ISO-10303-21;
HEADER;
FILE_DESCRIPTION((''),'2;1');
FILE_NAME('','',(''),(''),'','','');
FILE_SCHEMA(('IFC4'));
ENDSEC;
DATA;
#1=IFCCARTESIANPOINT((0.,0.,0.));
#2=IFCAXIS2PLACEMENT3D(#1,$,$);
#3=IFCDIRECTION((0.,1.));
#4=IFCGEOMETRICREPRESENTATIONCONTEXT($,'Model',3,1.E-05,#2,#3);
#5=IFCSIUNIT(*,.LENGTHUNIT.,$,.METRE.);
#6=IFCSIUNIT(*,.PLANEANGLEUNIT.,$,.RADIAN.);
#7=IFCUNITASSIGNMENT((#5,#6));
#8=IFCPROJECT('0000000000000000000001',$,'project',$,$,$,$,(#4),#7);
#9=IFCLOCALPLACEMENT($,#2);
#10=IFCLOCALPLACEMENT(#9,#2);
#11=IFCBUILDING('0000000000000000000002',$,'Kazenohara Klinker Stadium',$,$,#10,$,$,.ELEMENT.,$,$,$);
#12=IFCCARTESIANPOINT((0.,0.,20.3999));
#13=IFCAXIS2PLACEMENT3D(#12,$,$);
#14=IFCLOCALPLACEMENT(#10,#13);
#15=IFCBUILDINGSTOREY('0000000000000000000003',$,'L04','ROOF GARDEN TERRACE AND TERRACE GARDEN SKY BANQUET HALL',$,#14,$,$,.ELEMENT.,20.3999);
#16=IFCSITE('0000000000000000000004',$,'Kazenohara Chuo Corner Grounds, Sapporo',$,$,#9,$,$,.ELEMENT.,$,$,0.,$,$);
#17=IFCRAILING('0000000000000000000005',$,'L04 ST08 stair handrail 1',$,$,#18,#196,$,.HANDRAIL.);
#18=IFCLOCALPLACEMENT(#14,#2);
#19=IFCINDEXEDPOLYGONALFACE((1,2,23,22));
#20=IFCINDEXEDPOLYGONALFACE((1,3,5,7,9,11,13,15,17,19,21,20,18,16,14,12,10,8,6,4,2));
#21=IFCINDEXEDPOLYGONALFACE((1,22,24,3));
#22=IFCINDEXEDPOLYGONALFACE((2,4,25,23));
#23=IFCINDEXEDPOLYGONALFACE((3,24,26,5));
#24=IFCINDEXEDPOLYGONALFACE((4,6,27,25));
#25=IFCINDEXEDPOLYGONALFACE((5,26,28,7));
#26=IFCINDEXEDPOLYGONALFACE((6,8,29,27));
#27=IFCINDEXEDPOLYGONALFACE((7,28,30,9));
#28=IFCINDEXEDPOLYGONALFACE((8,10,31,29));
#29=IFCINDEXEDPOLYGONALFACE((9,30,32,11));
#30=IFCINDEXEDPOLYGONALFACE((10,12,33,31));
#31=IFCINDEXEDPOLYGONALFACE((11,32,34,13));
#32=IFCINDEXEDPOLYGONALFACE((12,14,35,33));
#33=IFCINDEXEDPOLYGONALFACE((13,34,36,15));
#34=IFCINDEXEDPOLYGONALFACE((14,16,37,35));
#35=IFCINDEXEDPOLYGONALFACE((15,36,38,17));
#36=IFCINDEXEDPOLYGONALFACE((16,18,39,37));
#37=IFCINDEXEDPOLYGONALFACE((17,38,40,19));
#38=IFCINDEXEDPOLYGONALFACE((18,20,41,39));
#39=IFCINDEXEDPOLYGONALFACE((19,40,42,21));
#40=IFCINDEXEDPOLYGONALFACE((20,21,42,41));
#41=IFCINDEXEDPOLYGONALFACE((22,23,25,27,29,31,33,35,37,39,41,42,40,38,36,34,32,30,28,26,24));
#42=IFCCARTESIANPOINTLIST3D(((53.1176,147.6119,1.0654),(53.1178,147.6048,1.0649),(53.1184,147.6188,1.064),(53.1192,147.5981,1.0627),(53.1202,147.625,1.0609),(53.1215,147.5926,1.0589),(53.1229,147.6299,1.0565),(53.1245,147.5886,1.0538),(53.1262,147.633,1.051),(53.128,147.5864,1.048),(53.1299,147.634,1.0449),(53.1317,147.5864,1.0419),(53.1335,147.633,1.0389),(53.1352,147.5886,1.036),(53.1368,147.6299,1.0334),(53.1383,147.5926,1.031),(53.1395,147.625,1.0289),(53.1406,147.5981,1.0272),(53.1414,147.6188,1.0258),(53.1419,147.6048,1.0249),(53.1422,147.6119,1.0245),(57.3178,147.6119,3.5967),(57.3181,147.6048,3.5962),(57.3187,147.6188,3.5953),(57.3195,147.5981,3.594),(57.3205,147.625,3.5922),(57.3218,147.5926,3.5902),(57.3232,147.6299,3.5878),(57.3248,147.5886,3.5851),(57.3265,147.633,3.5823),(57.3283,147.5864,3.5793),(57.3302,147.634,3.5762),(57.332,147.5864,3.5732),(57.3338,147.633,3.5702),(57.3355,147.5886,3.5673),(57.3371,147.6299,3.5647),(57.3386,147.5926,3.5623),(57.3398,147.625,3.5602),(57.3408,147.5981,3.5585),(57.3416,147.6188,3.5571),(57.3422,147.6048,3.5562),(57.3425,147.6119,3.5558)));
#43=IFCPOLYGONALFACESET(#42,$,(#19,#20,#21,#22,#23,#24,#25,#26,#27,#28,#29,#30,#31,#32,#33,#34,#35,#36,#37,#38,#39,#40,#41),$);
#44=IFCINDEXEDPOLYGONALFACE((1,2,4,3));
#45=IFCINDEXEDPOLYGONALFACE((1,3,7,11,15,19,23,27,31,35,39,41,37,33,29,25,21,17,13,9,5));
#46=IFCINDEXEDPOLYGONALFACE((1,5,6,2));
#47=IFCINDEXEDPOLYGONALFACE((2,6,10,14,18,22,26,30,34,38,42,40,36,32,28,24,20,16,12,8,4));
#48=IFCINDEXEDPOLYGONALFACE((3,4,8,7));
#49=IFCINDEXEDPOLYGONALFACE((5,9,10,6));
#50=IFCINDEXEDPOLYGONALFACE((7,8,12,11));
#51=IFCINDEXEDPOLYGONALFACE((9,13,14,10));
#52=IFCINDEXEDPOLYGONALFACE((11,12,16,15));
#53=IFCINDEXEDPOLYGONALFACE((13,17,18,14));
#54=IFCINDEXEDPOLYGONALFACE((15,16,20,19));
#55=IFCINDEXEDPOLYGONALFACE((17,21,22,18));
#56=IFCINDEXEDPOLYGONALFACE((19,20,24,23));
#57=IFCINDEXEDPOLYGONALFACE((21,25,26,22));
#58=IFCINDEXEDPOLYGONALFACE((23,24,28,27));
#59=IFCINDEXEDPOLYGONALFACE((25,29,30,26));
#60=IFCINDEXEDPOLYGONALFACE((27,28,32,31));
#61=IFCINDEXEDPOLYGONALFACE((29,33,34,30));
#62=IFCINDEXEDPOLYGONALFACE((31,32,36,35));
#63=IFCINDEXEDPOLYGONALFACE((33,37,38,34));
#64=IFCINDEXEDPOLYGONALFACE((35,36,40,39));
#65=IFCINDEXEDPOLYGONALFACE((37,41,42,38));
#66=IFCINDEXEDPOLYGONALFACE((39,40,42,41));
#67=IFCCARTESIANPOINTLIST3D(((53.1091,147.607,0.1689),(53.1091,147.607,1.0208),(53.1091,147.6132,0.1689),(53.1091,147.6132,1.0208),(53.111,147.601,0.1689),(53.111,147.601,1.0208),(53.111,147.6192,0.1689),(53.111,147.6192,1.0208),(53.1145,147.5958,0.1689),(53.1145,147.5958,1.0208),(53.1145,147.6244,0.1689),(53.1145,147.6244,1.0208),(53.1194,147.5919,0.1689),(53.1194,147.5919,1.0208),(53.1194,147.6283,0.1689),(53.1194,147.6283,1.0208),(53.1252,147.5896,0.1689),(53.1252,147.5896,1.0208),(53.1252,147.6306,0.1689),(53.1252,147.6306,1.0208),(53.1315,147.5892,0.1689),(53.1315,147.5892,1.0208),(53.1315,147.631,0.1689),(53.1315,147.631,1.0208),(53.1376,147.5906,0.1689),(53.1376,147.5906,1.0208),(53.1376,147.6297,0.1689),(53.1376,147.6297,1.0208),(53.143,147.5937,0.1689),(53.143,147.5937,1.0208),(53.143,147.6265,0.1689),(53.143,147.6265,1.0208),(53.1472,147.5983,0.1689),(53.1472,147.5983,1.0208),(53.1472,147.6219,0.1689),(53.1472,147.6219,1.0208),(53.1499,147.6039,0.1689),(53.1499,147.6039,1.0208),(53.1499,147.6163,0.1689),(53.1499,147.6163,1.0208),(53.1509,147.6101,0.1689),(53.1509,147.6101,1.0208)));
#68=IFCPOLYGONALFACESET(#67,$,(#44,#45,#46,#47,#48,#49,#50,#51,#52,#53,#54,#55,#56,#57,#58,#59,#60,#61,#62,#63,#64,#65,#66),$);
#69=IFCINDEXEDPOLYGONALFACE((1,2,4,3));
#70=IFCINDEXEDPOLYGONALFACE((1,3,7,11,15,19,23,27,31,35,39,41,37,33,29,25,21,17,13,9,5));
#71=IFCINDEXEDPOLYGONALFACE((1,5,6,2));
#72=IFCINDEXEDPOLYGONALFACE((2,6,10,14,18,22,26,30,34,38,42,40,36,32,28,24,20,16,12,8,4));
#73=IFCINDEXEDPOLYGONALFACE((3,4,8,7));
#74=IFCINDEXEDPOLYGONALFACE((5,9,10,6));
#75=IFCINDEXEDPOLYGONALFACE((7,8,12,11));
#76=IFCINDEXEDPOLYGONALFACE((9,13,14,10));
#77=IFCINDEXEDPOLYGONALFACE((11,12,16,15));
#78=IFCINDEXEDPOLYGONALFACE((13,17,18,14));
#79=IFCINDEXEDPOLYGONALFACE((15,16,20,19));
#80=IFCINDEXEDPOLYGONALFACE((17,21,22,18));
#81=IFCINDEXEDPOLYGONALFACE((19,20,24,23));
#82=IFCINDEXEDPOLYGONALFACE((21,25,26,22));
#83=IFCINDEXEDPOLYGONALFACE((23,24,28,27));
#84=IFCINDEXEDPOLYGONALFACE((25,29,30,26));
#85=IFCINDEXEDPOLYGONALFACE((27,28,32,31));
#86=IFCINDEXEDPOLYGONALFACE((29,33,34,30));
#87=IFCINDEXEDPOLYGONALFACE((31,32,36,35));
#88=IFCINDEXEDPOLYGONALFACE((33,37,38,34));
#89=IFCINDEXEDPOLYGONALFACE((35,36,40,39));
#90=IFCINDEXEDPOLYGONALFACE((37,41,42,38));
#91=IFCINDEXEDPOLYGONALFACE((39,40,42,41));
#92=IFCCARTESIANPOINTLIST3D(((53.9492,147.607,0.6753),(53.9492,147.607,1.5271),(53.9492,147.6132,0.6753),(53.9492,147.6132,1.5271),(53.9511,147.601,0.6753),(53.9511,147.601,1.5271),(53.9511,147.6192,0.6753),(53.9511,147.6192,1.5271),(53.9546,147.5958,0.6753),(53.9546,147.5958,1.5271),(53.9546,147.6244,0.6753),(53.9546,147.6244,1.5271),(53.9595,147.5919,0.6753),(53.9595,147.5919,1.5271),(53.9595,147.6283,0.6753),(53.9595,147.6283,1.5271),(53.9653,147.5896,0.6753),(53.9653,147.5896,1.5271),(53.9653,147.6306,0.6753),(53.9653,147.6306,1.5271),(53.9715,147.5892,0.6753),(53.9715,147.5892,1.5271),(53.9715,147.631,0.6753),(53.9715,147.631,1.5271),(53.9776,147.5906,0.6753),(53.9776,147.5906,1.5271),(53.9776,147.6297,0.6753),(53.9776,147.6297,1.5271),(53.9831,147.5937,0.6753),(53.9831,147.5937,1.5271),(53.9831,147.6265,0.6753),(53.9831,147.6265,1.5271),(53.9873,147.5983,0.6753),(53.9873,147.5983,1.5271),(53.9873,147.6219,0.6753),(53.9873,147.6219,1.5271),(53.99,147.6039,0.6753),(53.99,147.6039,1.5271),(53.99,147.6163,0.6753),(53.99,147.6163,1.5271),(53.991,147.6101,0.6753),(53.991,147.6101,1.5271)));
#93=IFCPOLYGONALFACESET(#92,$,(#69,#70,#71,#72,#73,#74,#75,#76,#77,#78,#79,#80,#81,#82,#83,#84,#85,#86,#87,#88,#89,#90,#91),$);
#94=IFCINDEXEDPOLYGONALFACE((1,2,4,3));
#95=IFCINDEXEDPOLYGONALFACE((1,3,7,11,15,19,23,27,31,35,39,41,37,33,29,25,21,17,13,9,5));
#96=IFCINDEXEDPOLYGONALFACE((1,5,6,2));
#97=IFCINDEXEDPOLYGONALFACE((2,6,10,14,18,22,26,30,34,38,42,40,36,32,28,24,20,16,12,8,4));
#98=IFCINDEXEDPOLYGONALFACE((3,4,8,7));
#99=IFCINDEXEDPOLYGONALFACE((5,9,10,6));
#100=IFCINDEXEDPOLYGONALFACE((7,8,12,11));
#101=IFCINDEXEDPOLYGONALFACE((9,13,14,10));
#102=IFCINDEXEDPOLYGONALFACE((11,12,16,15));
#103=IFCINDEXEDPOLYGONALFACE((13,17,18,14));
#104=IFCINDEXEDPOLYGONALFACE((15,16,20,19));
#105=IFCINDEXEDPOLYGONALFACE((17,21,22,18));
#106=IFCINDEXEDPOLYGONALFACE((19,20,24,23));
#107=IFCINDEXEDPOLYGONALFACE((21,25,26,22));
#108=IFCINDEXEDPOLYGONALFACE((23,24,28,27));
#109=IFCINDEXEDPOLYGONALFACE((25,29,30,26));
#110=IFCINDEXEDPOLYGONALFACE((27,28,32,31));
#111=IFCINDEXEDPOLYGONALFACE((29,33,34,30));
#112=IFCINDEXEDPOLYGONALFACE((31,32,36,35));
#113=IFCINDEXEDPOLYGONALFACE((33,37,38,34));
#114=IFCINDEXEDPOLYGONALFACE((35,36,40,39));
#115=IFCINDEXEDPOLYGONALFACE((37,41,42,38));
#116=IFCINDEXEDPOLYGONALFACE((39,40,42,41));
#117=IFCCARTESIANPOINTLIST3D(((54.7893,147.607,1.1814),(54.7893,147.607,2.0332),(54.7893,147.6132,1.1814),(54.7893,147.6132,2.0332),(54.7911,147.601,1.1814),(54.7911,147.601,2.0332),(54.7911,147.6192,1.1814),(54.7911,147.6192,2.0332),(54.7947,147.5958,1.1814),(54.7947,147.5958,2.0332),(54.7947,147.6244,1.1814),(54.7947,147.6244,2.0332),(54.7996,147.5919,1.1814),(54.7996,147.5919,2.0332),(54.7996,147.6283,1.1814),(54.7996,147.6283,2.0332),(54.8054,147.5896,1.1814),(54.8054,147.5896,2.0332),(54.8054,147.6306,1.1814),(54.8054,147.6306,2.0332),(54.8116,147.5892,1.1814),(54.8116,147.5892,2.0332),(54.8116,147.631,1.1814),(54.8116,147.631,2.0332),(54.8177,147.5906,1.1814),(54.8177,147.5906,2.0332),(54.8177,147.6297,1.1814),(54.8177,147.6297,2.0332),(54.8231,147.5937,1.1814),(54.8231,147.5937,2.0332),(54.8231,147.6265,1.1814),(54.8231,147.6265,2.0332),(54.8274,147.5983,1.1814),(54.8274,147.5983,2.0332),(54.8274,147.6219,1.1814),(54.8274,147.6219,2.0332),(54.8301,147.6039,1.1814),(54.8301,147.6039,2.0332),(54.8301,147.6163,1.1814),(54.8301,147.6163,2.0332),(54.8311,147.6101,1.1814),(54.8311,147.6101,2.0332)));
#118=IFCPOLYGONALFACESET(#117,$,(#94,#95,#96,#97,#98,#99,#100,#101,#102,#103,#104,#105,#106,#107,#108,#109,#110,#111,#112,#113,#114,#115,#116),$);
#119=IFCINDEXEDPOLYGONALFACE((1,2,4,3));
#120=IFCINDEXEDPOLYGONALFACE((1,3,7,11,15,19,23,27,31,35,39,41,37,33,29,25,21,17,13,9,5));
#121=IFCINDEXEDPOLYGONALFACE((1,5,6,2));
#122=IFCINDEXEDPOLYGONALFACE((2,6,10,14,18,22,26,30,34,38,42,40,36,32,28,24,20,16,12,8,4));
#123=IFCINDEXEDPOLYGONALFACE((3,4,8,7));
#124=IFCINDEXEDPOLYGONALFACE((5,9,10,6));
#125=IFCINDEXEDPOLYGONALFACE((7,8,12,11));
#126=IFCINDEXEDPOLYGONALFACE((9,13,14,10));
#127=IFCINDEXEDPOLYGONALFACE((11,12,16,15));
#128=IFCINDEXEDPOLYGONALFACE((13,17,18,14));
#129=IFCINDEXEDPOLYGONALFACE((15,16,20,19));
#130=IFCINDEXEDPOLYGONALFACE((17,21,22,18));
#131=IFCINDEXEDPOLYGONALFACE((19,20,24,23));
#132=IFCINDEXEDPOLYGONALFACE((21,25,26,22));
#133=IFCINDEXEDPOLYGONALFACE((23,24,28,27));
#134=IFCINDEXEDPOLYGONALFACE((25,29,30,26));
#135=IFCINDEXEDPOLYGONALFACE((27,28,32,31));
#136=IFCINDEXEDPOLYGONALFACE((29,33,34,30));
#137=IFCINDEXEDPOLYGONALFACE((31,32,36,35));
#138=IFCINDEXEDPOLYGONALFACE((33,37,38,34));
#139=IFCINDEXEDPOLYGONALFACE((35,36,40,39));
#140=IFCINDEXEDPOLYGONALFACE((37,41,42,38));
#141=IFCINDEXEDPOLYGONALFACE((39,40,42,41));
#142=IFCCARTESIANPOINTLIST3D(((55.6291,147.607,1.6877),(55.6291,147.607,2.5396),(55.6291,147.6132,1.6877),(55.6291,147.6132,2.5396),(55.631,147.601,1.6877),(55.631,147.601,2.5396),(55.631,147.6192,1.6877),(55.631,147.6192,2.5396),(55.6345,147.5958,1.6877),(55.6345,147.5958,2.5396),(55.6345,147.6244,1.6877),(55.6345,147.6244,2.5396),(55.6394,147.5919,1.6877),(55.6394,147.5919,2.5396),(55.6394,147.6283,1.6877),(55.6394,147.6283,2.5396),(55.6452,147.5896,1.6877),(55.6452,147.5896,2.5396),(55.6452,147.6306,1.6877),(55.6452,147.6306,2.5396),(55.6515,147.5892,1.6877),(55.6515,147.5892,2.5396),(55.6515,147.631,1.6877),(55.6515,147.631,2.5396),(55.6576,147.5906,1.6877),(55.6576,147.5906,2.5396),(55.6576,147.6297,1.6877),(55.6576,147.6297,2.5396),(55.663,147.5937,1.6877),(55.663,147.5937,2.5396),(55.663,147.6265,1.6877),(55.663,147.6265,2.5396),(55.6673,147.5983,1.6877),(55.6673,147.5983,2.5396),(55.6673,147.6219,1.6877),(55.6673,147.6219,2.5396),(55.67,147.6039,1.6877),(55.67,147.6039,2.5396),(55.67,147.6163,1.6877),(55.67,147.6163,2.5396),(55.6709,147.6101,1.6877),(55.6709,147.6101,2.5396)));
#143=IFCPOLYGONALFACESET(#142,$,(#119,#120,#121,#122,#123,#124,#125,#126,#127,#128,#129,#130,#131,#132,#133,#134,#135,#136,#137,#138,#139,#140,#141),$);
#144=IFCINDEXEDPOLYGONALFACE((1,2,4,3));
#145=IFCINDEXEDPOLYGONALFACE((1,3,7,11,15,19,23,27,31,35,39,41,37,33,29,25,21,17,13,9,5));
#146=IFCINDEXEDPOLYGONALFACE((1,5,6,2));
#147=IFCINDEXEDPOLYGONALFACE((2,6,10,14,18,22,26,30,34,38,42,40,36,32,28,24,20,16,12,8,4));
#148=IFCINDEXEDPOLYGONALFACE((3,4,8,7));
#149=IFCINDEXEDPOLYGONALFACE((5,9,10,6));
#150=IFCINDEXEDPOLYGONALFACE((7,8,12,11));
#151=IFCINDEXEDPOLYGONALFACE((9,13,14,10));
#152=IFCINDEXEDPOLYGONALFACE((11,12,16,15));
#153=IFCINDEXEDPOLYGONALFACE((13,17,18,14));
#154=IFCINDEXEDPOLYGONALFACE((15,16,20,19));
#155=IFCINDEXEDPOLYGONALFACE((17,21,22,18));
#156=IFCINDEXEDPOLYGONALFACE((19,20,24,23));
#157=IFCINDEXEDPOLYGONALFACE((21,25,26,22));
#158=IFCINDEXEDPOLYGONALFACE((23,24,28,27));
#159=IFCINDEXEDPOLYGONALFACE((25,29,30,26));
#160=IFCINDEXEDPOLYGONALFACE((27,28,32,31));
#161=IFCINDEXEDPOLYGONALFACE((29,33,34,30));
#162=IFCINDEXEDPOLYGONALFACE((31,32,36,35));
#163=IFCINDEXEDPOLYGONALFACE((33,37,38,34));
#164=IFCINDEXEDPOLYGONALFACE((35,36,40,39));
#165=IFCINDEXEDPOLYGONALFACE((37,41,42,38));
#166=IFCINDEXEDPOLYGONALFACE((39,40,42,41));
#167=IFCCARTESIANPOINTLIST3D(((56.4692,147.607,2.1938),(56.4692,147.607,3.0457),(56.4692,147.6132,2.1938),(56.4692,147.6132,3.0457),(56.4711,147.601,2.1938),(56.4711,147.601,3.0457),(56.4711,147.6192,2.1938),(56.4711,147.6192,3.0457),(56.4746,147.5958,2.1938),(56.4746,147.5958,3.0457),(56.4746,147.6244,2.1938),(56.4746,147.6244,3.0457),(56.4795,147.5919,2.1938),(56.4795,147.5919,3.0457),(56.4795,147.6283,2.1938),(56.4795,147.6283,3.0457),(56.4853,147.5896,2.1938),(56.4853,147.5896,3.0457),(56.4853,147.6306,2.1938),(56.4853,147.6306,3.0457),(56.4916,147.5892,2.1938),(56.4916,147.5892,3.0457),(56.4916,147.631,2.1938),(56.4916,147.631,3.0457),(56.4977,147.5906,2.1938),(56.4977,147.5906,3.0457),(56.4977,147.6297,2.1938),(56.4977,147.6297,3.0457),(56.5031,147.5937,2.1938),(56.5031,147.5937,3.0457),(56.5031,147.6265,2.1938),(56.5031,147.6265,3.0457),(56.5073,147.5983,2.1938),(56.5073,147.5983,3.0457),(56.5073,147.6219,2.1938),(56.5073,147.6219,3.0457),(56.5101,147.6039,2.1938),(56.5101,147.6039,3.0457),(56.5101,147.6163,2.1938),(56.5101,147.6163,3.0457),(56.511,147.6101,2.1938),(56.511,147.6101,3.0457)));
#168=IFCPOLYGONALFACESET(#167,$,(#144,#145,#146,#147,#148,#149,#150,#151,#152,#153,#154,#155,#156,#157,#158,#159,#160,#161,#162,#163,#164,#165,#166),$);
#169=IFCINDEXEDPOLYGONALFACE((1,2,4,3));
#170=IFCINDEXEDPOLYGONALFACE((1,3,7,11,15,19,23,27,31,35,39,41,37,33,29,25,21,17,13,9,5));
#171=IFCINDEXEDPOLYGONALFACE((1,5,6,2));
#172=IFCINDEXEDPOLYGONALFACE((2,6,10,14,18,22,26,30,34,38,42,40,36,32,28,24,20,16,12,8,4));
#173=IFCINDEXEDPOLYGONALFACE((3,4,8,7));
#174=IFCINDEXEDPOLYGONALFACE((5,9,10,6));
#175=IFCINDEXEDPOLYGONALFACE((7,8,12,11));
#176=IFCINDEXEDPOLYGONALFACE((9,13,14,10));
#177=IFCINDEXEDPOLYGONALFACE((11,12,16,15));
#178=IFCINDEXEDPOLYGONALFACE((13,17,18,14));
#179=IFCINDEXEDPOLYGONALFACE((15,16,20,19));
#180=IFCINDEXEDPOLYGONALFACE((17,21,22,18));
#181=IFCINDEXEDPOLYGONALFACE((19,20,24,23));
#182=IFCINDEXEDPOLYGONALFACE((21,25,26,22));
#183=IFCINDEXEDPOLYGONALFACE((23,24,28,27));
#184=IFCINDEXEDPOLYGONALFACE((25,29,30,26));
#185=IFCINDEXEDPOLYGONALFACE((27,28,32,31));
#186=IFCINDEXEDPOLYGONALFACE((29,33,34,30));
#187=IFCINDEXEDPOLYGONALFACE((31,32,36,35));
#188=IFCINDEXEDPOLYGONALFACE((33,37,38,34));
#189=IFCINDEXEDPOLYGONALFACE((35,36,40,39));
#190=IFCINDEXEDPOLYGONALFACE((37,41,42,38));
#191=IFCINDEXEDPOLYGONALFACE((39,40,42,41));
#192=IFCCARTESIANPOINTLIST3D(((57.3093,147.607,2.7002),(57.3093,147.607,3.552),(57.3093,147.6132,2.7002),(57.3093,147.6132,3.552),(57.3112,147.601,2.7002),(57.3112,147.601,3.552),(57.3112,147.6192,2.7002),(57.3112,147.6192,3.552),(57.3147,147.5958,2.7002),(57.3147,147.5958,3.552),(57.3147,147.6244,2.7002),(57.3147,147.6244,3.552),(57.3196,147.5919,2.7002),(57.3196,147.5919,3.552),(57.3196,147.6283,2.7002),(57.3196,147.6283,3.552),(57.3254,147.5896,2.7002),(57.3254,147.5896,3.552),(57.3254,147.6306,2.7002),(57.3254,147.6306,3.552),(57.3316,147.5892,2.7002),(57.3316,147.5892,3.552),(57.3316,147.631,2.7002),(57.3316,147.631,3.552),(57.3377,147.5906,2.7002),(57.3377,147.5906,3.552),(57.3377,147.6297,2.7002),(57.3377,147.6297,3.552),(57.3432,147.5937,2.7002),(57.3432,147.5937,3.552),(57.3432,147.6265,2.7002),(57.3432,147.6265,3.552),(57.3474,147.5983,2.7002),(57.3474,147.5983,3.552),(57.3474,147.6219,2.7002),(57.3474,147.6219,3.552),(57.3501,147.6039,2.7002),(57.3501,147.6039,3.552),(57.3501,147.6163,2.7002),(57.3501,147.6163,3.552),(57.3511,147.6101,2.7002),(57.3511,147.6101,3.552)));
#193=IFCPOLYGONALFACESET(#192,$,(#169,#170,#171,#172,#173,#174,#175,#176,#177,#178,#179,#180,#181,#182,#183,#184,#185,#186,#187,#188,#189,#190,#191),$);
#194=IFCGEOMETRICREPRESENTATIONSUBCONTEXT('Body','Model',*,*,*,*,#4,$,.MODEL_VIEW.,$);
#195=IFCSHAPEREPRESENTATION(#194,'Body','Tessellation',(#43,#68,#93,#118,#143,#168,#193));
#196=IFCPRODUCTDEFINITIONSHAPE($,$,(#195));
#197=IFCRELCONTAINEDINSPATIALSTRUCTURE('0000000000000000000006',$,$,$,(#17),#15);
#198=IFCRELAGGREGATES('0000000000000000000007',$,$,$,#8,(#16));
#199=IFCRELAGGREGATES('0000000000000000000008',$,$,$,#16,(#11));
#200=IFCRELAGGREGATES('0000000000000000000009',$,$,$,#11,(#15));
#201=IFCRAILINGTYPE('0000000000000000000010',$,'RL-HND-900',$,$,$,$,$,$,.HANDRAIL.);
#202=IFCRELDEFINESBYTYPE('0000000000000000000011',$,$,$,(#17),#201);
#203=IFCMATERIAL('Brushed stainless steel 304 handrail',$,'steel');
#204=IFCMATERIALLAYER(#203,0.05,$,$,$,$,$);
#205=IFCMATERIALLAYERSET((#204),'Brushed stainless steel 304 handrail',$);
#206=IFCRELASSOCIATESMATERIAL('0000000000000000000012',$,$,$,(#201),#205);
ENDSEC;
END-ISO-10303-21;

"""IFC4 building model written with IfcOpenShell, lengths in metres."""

from ifc_helpers import new_model, si_unit, direction, frame, origin, origin_2d, place, context, subcontext, project, spatial, circle, extrude, material, layer, layer_set, type_object, element, save


model = new_model("IFC4")

# Units and contexts
model_context = context("Model", 3, precision=1e-05, world=origin(), true_north=direction((0.0, 1.0)))
body_context = subcontext(model_context, "Body", "Model", "MODEL_VIEW")
ifc_project = project(units=[si_unit("LENGTHUNIT", "METRE"), si_unit("PLANEANGLEUNIT", "RADIAN")], contexts=[model_context])

# Site, building, storey
site_placement = place(None, origin())
site = spatial("IfcSite", under=ifc_project, at=site_placement, Name="Kazenohara Chuo Corner Grounds, Sapporo", CompositionType="ELEMENT", RefElevation=0.0)
building_placement = place(site_placement, origin())
building = spatial("IfcBuilding", under=site, at=building_placement, Name="Kazenohara Klinker Stadium", CompositionType="ELEMENT")
storey_placement = place(building_placement, frame((0.0, 0.0, 20.3999)))
storey = spatial("IfcBuildingStorey", under=building, at=storey_placement, Name="L04", Description="ROOF GARDEN TERRACE AND TERRACE GARDEN SKY BANQUET HALL", CompositionType="ELEMENT", Elevation=20.3999)

# Railing
ifc_material_1 = material(Name="Brushed stainless steel 304 handrail", Category="steel")
ifc_layer_1 = layer(ifc_material_1, 0.05)
ifc_layer_set_1 = layer_set([ifc_layer_1], Name="Brushed stainless steel 304 handrail")
railing_type_1 = type_object("IfcRailingType", Name="RL-HND-900", PredefinedType="HANDRAIL", material=ifc_layer_set_1)
railing_1_placement = place(storey_placement, frame((53.1299, 147.6101, 0.1689)))
element("IfcRailing", 1, at=railing_1_placement, inside=storey, type_object=railing_type_1, Name="L04 ST08 stair handrail 1", PredefinedType="HANDRAIL", context=body_context, shape_type="SweptSolid", body=[
    extrude(circle(Radius=0.0239, at=origin_2d()), frame((0.0, 0.0, 0.876), z_axis=(0.85649, 0.0, 0.516164), x_axis=(0.0, 1.0, 0.0)), (0.0, 0.0, 1.0), 4.9041),
    extrude(circle(Radius=0.021, at=origin_2d()), origin(), (0.0, 0.0, 1.0), 0.8518),
    extrude(circle(Radius=0.021, at=origin_2d()), frame((0.8401, 0.0, 0.5063)), (0.0, 0.0, 1.0), 0.8518),
    extrude(circle(Radius=0.021, at=origin_2d()), frame((1.6802, 0.0, 1.0125)), (0.0, 0.0, 1.0), 0.8518),
    extrude(circle(Radius=0.021, at=origin_2d()), frame((2.52, 0.0, 1.5188)), (0.0, 0.0, 1.0), 0.8518),
    extrude(circle(Radius=0.021, at=origin_2d()), frame((3.3601, 0.0, 2.0249)), (0.0, 0.0, 1.0), 0.8518),
    extrude(circle(Radius=0.021, at=origin_2d()), frame((4.2002, 0.0, 2.5312)), (0.0, 0.0, 1.0), 0.8518),
])

save(model, "model.ifc")
